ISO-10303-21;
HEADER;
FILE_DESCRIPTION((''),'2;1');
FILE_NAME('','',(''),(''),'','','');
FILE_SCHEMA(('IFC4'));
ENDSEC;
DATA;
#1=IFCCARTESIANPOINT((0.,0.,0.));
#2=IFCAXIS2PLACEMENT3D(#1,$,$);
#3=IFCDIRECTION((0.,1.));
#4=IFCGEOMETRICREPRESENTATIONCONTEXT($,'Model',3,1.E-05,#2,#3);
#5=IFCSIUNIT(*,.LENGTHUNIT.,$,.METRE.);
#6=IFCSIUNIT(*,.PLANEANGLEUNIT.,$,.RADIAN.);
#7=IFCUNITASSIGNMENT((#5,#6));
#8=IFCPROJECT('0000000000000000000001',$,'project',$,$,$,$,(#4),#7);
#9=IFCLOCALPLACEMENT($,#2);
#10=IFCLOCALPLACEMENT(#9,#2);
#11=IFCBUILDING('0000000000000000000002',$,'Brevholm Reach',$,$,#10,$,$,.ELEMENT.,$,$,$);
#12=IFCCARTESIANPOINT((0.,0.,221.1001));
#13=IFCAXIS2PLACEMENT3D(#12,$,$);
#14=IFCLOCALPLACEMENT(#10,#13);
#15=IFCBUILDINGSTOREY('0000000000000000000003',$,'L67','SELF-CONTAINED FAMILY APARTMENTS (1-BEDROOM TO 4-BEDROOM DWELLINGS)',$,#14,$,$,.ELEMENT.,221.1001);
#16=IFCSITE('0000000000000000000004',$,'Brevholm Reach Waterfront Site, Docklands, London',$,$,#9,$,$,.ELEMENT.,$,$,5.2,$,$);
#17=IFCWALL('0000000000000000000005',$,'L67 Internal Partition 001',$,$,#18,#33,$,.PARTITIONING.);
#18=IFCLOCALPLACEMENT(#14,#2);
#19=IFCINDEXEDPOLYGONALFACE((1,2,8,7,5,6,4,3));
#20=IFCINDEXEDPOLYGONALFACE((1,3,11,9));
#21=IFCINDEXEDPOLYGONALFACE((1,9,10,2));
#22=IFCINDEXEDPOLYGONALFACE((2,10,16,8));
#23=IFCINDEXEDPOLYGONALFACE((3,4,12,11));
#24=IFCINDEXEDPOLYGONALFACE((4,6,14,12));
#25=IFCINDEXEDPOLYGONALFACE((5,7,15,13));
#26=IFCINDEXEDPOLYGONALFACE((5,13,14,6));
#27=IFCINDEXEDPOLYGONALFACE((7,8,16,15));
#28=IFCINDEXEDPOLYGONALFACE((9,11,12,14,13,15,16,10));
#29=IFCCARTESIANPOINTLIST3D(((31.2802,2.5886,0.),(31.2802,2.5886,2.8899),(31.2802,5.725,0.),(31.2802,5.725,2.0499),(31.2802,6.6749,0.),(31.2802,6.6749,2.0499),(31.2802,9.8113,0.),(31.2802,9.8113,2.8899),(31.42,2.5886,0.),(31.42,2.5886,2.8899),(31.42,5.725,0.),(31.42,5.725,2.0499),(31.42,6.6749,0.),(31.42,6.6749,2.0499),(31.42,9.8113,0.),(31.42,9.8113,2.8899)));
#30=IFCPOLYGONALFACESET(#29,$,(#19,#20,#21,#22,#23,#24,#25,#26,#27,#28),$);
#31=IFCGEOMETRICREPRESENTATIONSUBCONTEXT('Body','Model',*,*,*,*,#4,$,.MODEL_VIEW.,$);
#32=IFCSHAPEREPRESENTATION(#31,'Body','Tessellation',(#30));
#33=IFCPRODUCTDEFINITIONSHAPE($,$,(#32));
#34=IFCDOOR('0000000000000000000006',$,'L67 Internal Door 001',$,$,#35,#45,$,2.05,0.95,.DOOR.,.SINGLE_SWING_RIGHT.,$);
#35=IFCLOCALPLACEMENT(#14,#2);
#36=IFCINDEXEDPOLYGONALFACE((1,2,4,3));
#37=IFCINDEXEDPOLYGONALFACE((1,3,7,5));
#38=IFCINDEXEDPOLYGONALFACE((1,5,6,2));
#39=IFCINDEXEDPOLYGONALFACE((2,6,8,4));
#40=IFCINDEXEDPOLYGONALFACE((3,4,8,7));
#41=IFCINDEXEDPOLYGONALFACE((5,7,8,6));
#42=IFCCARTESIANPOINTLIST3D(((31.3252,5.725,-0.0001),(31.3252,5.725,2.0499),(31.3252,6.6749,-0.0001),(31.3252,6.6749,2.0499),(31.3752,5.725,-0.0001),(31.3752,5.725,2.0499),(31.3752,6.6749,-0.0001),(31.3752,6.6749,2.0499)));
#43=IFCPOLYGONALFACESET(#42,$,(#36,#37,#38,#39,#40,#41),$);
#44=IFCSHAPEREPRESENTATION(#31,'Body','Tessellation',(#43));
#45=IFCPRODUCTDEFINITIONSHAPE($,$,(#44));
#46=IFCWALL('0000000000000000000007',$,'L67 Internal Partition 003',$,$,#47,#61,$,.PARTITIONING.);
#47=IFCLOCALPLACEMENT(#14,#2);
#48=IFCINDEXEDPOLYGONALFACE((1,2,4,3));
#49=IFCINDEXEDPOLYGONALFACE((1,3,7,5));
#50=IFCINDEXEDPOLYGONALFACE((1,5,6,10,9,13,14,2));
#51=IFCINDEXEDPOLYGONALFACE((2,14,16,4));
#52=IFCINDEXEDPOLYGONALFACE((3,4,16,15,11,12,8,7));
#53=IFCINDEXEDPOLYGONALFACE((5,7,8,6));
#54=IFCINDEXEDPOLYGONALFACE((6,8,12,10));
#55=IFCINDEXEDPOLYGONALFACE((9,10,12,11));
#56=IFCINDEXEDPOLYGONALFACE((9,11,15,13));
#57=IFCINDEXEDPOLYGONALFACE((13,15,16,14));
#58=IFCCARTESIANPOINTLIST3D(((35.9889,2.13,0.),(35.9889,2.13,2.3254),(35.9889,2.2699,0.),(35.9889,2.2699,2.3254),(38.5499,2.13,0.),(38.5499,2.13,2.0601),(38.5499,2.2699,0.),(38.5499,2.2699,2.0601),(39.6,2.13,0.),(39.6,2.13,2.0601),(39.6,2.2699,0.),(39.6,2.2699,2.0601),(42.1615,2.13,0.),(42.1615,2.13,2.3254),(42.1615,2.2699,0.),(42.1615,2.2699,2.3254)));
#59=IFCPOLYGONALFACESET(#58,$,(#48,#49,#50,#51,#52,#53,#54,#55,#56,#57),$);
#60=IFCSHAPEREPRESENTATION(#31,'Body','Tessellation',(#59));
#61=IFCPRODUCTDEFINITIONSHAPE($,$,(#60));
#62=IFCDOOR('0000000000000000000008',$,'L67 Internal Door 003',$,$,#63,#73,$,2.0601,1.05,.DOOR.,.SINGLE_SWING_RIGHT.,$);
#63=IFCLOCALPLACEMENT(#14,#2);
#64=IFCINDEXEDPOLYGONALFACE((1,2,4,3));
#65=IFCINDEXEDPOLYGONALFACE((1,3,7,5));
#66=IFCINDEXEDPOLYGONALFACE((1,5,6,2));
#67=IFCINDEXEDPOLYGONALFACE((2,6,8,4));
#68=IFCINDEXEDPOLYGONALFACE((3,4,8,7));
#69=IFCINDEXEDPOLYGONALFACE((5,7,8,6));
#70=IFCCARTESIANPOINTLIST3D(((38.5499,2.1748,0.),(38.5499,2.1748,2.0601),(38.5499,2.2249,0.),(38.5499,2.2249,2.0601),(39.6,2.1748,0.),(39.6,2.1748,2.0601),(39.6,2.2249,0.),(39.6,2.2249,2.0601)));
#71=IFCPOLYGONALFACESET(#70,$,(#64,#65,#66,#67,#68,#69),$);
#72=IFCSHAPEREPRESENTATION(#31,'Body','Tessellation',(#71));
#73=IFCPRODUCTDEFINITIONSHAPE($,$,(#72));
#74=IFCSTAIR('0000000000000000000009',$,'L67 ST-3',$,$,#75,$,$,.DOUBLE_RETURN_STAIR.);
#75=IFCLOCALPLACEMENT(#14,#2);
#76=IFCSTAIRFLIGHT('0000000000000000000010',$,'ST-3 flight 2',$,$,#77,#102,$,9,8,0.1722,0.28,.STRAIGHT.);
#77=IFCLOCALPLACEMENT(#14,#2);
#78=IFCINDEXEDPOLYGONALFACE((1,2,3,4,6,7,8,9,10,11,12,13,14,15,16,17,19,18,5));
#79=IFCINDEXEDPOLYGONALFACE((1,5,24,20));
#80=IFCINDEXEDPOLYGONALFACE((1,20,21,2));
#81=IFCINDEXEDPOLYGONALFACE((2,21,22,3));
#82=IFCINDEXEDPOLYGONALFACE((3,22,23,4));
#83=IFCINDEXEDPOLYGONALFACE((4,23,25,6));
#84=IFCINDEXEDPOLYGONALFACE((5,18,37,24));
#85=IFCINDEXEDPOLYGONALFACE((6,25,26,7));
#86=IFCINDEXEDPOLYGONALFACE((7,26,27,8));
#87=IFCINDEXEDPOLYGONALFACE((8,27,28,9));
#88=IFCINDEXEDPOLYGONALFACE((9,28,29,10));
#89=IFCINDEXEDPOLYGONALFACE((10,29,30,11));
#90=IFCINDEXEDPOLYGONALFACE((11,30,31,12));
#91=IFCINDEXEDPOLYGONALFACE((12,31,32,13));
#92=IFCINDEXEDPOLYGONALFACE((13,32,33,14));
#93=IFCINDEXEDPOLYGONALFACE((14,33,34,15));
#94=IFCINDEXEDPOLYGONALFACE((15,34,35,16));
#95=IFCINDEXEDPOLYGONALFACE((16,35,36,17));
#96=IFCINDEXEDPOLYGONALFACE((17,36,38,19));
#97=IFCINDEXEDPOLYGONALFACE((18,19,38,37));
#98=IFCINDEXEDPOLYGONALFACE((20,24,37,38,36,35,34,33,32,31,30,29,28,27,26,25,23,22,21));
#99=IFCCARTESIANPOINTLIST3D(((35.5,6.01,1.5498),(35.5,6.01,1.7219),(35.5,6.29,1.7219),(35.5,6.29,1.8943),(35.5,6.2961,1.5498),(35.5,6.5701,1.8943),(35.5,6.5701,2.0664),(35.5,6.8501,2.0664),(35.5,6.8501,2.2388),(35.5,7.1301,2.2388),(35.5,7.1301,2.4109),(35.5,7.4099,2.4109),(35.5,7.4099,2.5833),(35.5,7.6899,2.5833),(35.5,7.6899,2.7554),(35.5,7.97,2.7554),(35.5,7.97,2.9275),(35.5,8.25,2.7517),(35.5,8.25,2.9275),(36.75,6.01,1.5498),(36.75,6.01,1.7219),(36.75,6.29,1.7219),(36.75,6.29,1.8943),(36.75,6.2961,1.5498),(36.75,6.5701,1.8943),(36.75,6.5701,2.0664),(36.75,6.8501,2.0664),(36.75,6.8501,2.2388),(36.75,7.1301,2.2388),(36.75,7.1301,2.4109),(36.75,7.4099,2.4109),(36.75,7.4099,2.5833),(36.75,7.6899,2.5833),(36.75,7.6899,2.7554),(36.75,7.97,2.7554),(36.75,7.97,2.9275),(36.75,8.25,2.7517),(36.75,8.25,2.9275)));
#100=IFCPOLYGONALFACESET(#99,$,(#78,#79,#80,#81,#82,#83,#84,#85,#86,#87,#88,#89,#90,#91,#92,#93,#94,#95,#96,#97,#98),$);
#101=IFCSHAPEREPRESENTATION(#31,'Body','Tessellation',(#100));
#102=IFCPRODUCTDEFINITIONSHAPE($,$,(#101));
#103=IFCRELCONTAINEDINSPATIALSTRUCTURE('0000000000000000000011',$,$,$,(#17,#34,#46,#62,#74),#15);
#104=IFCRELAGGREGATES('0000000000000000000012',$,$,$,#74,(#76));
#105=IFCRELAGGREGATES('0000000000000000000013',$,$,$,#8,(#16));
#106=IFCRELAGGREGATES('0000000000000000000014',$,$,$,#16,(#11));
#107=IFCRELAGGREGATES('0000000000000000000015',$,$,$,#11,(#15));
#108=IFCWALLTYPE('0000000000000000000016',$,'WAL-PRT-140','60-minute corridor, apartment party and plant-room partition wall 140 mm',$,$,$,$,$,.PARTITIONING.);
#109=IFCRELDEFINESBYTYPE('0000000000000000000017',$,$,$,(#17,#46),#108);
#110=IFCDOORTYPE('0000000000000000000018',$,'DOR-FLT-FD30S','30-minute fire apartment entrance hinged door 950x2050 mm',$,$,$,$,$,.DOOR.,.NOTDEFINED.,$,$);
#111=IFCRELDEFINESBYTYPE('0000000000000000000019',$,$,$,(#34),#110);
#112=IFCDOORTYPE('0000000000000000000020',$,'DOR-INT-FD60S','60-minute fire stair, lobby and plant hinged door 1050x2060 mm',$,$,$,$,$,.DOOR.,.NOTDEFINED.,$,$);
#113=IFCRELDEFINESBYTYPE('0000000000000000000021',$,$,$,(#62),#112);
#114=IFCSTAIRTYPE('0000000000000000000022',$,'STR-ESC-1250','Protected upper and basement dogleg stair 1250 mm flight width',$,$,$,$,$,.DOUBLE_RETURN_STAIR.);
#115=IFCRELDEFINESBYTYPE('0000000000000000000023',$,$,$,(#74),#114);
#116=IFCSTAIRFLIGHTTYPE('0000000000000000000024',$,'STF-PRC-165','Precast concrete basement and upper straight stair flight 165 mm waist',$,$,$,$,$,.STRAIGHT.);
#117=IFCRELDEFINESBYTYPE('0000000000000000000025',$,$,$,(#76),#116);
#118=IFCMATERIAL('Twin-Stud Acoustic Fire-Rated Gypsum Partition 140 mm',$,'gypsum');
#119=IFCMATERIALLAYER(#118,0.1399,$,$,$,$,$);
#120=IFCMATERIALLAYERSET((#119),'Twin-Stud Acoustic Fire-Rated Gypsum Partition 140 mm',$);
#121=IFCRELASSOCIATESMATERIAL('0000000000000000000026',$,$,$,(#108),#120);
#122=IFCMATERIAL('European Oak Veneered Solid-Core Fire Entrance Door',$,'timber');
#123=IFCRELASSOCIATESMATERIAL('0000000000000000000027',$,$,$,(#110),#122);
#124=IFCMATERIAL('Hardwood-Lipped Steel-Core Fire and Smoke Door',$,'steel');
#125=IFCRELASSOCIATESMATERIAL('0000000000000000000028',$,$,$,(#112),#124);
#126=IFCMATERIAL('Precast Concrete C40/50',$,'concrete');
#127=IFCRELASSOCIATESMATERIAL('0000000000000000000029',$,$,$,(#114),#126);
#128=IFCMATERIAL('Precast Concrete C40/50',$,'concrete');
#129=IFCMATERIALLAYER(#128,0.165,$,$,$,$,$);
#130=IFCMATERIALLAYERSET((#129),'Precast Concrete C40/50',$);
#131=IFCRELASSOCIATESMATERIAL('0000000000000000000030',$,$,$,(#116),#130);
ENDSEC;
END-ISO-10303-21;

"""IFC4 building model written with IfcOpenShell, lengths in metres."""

from ifc_helpers import new_model, si_unit, direction, frame, frame_2d, origin, place, context, subcontext, project, spatial, polyline, rectangle, outline, extrude, material, layer, layer_set, type_object, element, fill, aggregate, save


model = new_model("IFC4")

# Units and contexts
model_context = context("Model", 3, precision=1e-05, world=origin(), true_north=direction((0.0, 1.0)))
body_context = subcontext(model_context, "Body", "Model", "MODEL_VIEW")
ifc_project = project(units=[si_unit("LENGTHUNIT", "METRE"), si_unit("PLANEANGLEUNIT", "RADIAN")], contexts=[model_context])

# Site, building, storey
site_placement = place(None, origin())
site = spatial("IfcSite", under=ifc_project, at=site_placement, Name="Brevholm Reach Waterfront Site, Docklands, London", CompositionType="ELEMENT", RefElevation=5.2)
building_placement = place(site_placement, origin())
building = spatial("IfcBuilding", under=site, at=building_placement, Name="Brevholm Reach", CompositionType="ELEMENT")
storey_placement = place(building_placement, frame((0.0, 0.0, 221.1001)))
storey = spatial("IfcBuildingStorey", under=building, at=storey_placement, Name="L67", Description="SELF-CONTAINED FAMILY APARTMENTS (1-BEDROOM TO 4-BEDROOM DWELLINGS)", CompositionType="ELEMENT", Elevation=221.1001)

# Walls, openings, doors
ifc_material_1 = material(Name="Twin-Stud Acoustic Fire-Rated Gypsum Partition 140 mm", Category="gypsum")
ifc_layer_1 = layer(ifc_material_1, 0.1399)
ifc_layer_set_1 = layer_set([ifc_layer_1], Name="Twin-Stud Acoustic Fire-Rated Gypsum Partition 140 mm")
wall_type_1 = type_object("IfcWallType", Name="WAL-PRT-140", Description="60-minute corridor, apartment party and plant-room partition wall 140 mm", PredefinedType="PARTITIONING", material=ifc_layer_set_1)
wall_1_placement = place(storey_placement, frame((31.3501, 2.5886, 0.0), z_axis=(0.0, 0.0, 1.0), x_axis=(0.0, 1.0, 0.0)))
wall_1 = element("IfcWall", 1, at=wall_1_placement, inside=storey, type_object=wall_type_1, Name="L67 Internal Partition 001", PredefinedType="PARTITIONING", context=body_context, shape_type="SweptSolid", body=[
    extrude(rectangle(XDim=7.2227, YDim=0.1399, at=frame_2d((3.6113, 0.0))), origin(), (0.0, 0.0, 1.0), 2.8899),
])
opening_1_placement = place(wall_1_placement, frame((3.1362, 0.0, 0.0)))
opening_1 = element("IfcOpeningElement", 2, at=opening_1_placement, cuts=wall_1, PredefinedType="OPENING", context=body_context, shape_type="SweptSolid", body=[
    extrude(rectangle(XDim=0.95, YDim=2.05, at=frame_2d((0.4751, 1.0249))), frame((0.0, 0.0798, 0.0), z_axis=(0.0, -1.0, 0.0), x_axis=(1.0, 0.0, 0.0)), (0.0, 0.0, 1.0), 0.1599),
])
ifc_material_2 = material(Name="European Oak Veneered Solid-Core Fire Entrance Door", Category="timber")
door_type_1 = type_object("IfcDoorType", Name="DOR-FLT-FD30S", Description="30-minute fire apartment entrance hinged door 950x2050 mm", OperationType="NOTDEFINED", PredefinedType="DOOR", material=ifc_material_2)
door_1_placement = place(opening_1_placement, origin())
door_1 = element("IfcDoor", 3, at=door_1_placement, inside=storey, type_object=door_type_1, Name="L67 Internal Door 001", OperationType="SINGLE_SWING_RIGHT", OverallHeight=2.05, OverallWidth=0.95, PredefinedType="DOOR", context=body_context, shape_type="SweptSolid", body=[
    extrude(rectangle(XDim=0.95, YDim=2.05, at=frame_2d((0.4751, 1.0249))), frame((0.0, 0.0249, 0.0), z_axis=(0.0, -1.0, 0.0), x_axis=(1.0, 0.0, 0.0)), (0.0, 0.0, 1.0), 0.05),
])
fill(opening_1, door_1)
wall_2_placement = place(storey_placement, frame((35.9888, 2.2, 0.0), z_axis=(0.0, 0.0, 1.0), x_axis=(1.0, 0.0, 0.0)))
wall_2 = element("IfcWall", 4, at=wall_2_placement, inside=storey, type_object=wall_type_1, Name="L67 Internal Partition 003", PredefinedType="PARTITIONING", context=body_context, shape_type="SweptSolid", body=[
    extrude(rectangle(XDim=6.1726, YDim=0.1399, at=frame_2d((3.0864, 0.0))), origin(), (0.0, 0.0, 1.0), 2.3254),
])
opening_2_placement = place(wall_2_placement, frame((2.5613, 0.0, 0.0)))
opening_2 = element("IfcOpeningElement", 5, at=opening_2_placement, cuts=wall_2, PredefinedType="OPENING", context=body_context, shape_type="SweptSolid", body=[
    extrude(rectangle(XDim=1.05, YDim=2.0601, at=frame_2d((0.5249, 1.03))), frame((0.0, 0.0798, 0.0), z_axis=(0.0, -1.0, 0.0), x_axis=(1.0, 0.0, 0.0)), (0.0, 0.0, 1.0), 0.1599),
])
ifc_material_3 = material(Name="Hardwood-Lipped Steel-Core Fire and Smoke Door", Category="steel")
door_type_2 = type_object("IfcDoorType", Name="DOR-INT-FD60S", Description="60-minute fire stair, lobby and plant hinged door 1050x2060 mm", OperationType="NOTDEFINED", PredefinedType="DOOR", material=ifc_material_3)
door_2_placement = place(opening_2_placement, origin())
door_2 = element("IfcDoor", 6, at=door_2_placement, inside=storey, type_object=door_type_2, Name="L67 Internal Door 003", OperationType="SINGLE_SWING_RIGHT", OverallHeight=2.0601, OverallWidth=1.05, PredefinedType="DOOR", context=body_context, shape_type="SweptSolid", body=[
    extrude(rectangle(XDim=1.05, YDim=2.0601, at=frame_2d((0.5249, 1.03))), frame((0.0, 0.0249, 0.0), z_axis=(0.0, -1.0, 0.0), x_axis=(1.0, 0.0, 0.0)), (0.0, 0.0, 1.0), 0.05),
])
fill(opening_2, door_2)

# Stair, stair flight
ifc_material_4 = material(Name="Precast Concrete C40/50", Category="concrete")
stair_type = type_object("IfcStairType", Name="STR-ESC-1250", Description="Protected upper and basement dogleg stair 1250 mm flight width", PredefinedType="DOUBLE_RETURN_STAIR", material=ifc_material_4)
stair_placement = place(storey_placement, origin())
stair = element("IfcStair", 7, at=stair_placement, inside=storey, type_object=stair_type, Name="L67 ST-3", PredefinedType="DOUBLE_RETURN_STAIR")
ifc_material_5 = material(Name="Precast Concrete C40/50", Category="concrete")
ifc_layer_2 = layer(ifc_material_5, 0.165)
ifc_layer_set_2 = layer_set([ifc_layer_2], Name="Precast Concrete C40/50")
stair_flight_type = type_object("IfcStairFlightType", Name="STF-PRC-165", Description="Precast concrete basement and upper straight stair flight 165 mm waist", PredefinedType="STRAIGHT", material=ifc_layer_set_2)
stair_flight_placement = place(storey_placement, frame((36.125, 6.01, 1.5498), z_axis=(0.0, 0.0, 1.0), x_axis=(0.0, 1.0, 0.0)))
stair_flight = element("IfcStairFlight", 8, at=stair_flight_placement, type_object=stair_flight_type, Name="ST-3 flight 2", NumberOfRisers=9, NumberOfTreads=8, PredefinedType="STRAIGHT", RiserHeight=0.1722, TreadLength=0.28, context=body_context, shape_type="SweptSolid", body=[
    extrude(outline(polyline([(0.0, 0.0), (0.0, 0.1721), (0.28, 0.1721), (0.28, 0.3445), (0.5601, 0.3445), (0.5601, 0.5166), (0.8401, 0.5166), (0.8401, 0.689), (1.1201, 0.689), (1.1201, 0.8611), (1.3999, 0.8611), (1.3999, 1.0334), (1.6799, 1.0334), (1.6799, 1.2056), (1.96, 1.2056), (1.96, 1.3777), (2.24, 1.3777), (2.24, 1.55), (2.24, 1.2019), (0.2861, 0.0), (0.0, 0.0)])), frame((0.0, 0.625, 0.0), z_axis=(0.0, -1.0, 0.0), x_axis=(1.0, 0.0, 0.0)), (0.0, 0.0, 1.0), 1.25),
])
aggregate(stair, [stair_flight])

save(model, "model.ifc")
